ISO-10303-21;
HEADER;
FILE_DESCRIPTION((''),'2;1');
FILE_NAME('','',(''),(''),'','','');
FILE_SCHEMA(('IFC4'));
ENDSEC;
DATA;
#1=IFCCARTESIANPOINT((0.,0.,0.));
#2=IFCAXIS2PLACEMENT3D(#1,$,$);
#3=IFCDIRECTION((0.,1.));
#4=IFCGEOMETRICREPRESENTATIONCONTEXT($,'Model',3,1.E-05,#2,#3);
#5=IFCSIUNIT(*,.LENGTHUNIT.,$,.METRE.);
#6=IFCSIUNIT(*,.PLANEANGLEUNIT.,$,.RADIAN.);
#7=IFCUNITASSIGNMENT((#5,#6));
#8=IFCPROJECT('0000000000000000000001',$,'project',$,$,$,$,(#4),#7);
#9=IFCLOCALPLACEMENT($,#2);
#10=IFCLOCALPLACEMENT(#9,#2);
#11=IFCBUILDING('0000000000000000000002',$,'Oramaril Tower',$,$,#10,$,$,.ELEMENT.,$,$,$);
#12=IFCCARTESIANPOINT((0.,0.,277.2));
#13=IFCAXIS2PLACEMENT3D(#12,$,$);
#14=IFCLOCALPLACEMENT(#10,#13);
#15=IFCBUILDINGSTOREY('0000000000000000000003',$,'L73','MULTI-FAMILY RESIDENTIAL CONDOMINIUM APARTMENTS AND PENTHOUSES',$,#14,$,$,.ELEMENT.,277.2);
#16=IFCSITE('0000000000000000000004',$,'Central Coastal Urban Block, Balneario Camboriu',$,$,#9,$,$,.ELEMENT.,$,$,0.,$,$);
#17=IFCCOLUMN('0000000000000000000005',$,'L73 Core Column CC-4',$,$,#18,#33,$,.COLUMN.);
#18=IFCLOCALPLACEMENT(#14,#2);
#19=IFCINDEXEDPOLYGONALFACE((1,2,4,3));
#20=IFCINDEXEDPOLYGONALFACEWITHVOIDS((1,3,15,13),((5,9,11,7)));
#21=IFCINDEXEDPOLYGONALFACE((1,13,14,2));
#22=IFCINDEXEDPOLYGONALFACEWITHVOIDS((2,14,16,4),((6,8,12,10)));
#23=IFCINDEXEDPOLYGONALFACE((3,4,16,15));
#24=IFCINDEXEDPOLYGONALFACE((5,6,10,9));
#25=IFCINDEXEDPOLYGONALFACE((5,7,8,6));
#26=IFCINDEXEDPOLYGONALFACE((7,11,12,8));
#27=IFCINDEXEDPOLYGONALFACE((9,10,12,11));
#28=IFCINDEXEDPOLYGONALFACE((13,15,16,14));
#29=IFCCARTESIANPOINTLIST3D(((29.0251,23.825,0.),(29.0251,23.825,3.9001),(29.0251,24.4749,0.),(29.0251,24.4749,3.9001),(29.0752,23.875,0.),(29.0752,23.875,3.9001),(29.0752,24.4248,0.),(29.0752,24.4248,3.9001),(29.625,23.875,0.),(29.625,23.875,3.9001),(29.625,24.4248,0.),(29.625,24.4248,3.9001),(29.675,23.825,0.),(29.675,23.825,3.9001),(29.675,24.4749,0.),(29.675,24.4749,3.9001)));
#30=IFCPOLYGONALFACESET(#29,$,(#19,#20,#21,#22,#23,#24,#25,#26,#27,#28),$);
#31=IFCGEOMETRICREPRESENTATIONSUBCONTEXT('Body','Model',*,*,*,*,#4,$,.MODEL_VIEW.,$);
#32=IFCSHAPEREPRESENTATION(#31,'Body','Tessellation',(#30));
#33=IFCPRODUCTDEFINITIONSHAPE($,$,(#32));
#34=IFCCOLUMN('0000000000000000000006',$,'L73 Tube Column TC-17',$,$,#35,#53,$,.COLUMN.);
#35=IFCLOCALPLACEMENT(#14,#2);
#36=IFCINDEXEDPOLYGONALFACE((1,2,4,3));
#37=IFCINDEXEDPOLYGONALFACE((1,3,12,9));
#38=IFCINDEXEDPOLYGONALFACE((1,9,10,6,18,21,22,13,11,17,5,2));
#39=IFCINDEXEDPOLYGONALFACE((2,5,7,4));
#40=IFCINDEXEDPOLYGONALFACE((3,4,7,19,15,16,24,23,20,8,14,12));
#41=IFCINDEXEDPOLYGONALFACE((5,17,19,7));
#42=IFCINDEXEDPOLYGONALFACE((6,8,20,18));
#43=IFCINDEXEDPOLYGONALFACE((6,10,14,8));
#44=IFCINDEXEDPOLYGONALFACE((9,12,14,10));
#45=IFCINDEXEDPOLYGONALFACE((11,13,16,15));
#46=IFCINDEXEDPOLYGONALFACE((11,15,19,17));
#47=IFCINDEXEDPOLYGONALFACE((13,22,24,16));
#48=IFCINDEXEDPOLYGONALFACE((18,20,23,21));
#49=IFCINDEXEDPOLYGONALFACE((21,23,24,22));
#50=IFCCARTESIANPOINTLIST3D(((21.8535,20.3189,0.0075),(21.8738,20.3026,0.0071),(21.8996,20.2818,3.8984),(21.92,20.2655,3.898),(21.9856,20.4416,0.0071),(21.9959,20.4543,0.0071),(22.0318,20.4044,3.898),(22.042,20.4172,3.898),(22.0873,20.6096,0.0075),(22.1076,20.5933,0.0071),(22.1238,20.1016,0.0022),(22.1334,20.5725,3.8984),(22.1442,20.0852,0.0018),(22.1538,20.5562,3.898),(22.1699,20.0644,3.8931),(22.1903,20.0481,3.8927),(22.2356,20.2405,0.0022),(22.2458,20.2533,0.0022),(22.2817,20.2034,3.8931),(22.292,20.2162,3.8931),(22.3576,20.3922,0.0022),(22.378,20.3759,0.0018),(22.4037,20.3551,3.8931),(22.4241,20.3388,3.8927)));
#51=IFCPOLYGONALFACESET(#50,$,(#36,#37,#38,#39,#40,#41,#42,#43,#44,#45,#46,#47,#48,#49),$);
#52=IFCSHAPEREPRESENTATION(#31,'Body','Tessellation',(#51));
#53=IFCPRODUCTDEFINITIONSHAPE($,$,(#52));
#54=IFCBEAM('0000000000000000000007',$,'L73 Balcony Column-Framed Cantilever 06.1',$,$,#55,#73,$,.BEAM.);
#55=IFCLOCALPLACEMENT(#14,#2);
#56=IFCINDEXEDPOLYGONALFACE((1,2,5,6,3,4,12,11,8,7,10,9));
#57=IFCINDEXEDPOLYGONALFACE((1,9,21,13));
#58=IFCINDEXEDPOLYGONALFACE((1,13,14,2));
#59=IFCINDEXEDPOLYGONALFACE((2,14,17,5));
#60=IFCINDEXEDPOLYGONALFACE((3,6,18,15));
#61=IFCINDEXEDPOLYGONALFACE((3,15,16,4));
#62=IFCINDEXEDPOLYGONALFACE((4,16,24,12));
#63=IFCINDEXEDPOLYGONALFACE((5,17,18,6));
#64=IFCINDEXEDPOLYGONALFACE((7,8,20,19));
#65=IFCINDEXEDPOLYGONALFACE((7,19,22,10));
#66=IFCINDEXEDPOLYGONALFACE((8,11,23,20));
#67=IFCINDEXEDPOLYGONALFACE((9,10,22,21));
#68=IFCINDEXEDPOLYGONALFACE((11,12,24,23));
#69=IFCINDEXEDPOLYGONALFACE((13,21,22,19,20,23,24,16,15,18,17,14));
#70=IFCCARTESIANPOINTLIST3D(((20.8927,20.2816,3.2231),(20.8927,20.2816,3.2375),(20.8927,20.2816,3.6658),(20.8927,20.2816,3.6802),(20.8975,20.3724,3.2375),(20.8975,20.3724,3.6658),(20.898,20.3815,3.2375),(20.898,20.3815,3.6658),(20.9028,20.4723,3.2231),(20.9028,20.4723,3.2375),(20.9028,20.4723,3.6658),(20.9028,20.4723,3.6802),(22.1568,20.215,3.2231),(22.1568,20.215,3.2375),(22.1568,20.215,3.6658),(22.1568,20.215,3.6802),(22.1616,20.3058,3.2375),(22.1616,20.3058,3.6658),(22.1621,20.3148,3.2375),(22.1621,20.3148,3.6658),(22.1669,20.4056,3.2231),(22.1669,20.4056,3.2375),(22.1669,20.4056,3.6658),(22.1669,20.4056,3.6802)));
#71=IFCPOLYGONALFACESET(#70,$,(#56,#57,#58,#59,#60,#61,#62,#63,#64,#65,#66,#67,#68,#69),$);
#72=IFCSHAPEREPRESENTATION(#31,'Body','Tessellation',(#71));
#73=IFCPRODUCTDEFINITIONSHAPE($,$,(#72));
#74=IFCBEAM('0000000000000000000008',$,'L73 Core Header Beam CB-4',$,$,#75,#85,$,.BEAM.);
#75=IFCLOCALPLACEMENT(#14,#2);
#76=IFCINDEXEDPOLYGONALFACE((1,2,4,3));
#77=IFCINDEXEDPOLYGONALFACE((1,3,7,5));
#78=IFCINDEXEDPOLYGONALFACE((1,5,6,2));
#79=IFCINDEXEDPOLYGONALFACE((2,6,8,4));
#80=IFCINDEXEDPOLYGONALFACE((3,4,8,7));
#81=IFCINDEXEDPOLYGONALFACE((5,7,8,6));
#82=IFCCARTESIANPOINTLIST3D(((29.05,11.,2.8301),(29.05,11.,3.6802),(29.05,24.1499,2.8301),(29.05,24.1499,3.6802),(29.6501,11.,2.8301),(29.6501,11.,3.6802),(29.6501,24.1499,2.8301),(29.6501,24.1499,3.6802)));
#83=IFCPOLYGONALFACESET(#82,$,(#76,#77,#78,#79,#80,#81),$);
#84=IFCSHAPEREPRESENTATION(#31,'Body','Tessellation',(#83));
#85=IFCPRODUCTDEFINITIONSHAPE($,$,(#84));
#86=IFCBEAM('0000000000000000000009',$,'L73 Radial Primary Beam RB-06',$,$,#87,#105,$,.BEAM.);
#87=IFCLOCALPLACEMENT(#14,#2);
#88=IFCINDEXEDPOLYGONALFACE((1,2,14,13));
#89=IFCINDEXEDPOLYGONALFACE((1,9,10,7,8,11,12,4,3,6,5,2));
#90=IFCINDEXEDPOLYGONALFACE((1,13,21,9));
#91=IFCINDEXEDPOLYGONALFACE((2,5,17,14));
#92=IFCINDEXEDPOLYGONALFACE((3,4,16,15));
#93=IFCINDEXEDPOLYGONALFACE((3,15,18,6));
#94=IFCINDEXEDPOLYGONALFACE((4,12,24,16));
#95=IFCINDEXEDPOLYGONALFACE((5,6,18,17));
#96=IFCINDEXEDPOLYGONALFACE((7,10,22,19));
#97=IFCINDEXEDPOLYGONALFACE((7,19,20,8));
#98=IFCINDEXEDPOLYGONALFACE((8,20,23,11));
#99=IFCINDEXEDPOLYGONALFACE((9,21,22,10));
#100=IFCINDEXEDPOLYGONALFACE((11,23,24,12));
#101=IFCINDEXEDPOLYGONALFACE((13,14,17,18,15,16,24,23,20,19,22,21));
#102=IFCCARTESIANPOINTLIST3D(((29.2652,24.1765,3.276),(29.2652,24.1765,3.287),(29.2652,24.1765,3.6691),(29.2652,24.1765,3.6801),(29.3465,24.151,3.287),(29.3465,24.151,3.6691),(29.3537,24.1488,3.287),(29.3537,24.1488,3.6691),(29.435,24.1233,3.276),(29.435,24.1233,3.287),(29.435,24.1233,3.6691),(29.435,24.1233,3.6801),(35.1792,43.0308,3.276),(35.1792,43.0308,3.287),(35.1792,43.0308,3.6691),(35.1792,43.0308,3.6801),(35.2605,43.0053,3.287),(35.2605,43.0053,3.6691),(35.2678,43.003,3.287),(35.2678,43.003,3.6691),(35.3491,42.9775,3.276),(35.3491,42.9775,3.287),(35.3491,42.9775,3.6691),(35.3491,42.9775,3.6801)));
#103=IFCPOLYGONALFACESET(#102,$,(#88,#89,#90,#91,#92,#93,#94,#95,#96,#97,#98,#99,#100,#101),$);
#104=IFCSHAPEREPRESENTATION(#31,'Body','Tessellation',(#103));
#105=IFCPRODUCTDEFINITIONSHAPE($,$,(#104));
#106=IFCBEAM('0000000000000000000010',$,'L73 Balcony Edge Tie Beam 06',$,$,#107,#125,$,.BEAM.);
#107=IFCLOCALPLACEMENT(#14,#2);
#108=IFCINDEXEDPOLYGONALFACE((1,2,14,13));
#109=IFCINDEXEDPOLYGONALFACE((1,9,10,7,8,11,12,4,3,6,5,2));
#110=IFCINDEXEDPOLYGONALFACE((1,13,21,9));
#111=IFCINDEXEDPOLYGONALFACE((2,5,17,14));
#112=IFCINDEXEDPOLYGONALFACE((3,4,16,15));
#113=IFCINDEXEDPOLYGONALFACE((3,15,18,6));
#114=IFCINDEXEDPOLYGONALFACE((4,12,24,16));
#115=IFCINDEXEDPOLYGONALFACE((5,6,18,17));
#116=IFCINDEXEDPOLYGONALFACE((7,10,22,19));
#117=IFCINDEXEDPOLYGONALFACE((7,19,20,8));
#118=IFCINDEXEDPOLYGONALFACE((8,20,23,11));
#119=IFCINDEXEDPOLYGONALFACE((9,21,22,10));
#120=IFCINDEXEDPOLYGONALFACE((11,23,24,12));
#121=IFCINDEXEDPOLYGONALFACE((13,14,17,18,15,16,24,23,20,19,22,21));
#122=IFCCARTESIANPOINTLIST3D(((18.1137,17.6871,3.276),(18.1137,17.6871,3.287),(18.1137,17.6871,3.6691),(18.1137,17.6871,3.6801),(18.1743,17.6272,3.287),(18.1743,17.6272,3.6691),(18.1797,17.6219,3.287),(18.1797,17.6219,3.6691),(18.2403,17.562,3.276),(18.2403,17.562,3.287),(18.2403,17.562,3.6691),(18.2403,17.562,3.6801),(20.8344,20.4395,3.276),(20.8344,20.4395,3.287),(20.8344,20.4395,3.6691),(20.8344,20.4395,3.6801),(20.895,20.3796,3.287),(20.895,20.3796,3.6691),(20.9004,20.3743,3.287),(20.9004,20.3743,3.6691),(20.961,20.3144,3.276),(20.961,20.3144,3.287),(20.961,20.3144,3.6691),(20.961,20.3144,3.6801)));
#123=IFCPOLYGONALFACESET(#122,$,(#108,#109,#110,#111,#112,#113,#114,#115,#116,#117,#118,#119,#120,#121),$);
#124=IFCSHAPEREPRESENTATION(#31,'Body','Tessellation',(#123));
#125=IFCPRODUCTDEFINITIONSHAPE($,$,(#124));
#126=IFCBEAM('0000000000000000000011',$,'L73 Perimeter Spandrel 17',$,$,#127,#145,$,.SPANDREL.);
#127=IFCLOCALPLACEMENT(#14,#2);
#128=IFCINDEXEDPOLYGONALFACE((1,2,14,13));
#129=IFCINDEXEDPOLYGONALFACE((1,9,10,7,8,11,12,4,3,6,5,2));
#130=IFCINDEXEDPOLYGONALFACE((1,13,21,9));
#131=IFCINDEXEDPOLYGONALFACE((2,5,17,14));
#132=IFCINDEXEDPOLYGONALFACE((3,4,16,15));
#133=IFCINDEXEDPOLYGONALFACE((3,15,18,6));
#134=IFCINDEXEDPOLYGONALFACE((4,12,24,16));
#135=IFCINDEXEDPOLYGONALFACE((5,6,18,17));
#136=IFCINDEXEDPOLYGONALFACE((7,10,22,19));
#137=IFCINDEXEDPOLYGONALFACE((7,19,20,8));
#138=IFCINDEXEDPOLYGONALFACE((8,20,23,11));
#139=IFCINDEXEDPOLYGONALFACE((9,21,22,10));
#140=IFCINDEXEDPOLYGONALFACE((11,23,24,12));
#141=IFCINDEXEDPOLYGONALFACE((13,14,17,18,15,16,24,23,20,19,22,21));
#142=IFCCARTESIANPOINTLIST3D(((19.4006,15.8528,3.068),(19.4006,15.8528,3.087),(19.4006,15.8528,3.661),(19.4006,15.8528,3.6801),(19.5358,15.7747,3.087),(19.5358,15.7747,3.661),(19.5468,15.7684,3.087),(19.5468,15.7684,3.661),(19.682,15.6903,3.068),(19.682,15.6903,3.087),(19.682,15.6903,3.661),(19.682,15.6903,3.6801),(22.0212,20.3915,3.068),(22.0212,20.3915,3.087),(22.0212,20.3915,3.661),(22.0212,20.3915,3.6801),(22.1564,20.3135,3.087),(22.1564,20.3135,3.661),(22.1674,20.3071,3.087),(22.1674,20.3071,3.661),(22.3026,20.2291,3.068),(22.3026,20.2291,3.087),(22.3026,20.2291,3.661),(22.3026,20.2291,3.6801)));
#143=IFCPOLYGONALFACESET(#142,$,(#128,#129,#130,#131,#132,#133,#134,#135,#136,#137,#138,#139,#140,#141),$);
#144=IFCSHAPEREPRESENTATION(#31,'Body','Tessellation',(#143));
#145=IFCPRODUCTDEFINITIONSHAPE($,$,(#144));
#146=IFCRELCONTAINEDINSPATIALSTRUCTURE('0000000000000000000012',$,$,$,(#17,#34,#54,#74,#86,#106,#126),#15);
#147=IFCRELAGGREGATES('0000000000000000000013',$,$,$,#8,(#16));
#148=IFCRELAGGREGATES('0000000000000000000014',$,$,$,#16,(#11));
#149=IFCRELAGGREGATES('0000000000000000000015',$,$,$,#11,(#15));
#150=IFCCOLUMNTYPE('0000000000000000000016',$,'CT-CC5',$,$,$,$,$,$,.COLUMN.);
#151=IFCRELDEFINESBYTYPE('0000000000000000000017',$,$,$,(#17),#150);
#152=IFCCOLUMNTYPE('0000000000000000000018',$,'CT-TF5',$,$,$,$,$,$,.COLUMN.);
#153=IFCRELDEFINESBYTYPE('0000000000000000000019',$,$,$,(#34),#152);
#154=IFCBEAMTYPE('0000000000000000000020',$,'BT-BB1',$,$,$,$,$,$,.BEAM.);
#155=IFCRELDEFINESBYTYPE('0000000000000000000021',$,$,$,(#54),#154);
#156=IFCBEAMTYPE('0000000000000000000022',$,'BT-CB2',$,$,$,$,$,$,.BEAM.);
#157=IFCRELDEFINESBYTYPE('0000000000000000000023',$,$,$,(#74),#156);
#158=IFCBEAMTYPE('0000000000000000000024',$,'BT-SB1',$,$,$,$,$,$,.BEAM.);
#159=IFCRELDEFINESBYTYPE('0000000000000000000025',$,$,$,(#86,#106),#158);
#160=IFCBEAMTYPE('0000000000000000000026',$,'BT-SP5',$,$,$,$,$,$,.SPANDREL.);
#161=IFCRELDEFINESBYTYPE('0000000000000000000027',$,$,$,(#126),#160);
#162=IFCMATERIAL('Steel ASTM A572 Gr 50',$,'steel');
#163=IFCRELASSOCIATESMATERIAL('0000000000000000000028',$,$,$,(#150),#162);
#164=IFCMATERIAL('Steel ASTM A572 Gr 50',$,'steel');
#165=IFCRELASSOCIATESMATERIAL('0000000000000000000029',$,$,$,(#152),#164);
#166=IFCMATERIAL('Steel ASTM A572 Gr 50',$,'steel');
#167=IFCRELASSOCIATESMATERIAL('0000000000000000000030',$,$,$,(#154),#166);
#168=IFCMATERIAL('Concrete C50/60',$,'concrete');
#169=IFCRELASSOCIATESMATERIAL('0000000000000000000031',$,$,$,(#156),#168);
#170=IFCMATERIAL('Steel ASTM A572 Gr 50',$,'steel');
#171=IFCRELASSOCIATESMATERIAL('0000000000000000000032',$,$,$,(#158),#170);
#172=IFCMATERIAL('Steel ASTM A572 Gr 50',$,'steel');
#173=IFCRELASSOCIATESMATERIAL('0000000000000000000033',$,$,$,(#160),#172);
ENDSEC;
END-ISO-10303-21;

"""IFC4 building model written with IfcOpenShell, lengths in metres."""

from ifc_helpers import new_model, si_unit, direction, frame, origin, origin_2d, place, context, subcontext, project, spatial, rectangle, hollow_rectangle, i_section, extrude, material, material_profile, profile_set, type_object, element, save


model = new_model("IFC4")

# Units and contexts
model_context = context("Model", 3, precision=1e-05, world=origin(), true_north=direction((0.0, 1.0)))
body_context = subcontext(model_context, "Body", "Model", "MODEL_VIEW")
ifc_project = project(units=[si_unit("LENGTHUNIT", "METRE"), si_unit("PLANEANGLEUNIT", "RADIAN")], contexts=[model_context])

# Site, building, storey
site_placement = place(None, origin())
site = spatial("IfcSite", under=ifc_project, at=site_placement, Name="Central Coastal Urban Block, Balneario Camboriu", CompositionType="ELEMENT", RefElevation=0.0)
building_placement = place(site_placement, origin())
building = spatial("IfcBuilding", under=site, at=building_placement, Name="Oramaril Tower", CompositionType="ELEMENT")
storey_placement = place(building_placement, frame((0.0, 0.0, 277.2)))
storey = spatial("IfcBuildingStorey", under=building, at=storey_placement, Name="L73", Description="MULTI-FAMILY RESIDENTIAL CONDOMINIUM APARTMENTS AND PENTHOUSES", CompositionType="ELEMENT", Elevation=277.2)

# Columns
ifc_material_1 = material(Name="Steel ASTM A572 Gr 50", Category="steel")
ifc_material_profile_1 = material_profile(ifc_material_1, hollow_rectangle(XDim=0.6499, YDim=0.6499, WallThickness=0.05, at=origin_2d()), Name="BOX650X650X50")
ifc_profile_set_1 = profile_set([ifc_material_profile_1], Name="Steel ASTM A572 Gr 50")
column_type_1 = type_object("IfcColumnType", Name="CT-CC5", PredefinedType="COLUMN", material=ifc_profile_set_1)
column_1_placement = place(storey_placement, frame((29.3501, 24.1499, 0.0), z_axis=(0.0, 0.0, 1.0), x_axis=(1.0, 0.0, 0.0)))
element("IfcColumn", 1, at=column_1_placement, inside=storey, type_object=column_type_1, Name="L73 Core Column CC-4", PredefinedType="COLUMN", context=body_context, shape_type="SweptSolid", body=[
    extrude(hollow_rectangle(XDim=0.6499, YDim=0.6499, WallThickness=0.05, at=origin_2d()), origin(), (0.0, 0.0, 1.0), 3.9001),
])
ifc_material_2 = material(Name="Steel ASTM A572 Gr 50", Category="steel")
ifc_material_profile_2 = material_profile(ifc_material_2, i_section(OverallWidth=0.373, OverallDepth=0.373, WebThickness=0.0164, FlangeThickness=0.0261, at=origin_2d()), Name="W14X132")
ifc_profile_set_2 = profile_set([ifc_material_profile_2], Name="Steel ASTM A572 Gr 50")
column_type_2 = type_object("IfcColumnType", Name="CT-TF5", PredefinedType="COLUMN", material=ifc_profile_set_2)
column_2_placement = place(storey_placement, frame((22.1157, 20.3474, 0.0046), z_axis=(0.011858, -0.009536, 0.999884), x_axis=(0.626704, 0.779257, 0.0)))
element("IfcColumn", 2, at=column_2_placement, inside=storey, type_object=column_type_2, Name="L73 Tube Column TC-17", PredefinedType="COLUMN", context=body_context, shape_type="SweptSolid", body=[
    extrude(i_section(OverallWidth=0.373, OverallDepth=0.373, WebThickness=0.0164, FlangeThickness=0.0261, at=origin_2d()), origin(), (0.0, 0.0, 1.0), 3.8914),
])

# Beams
ifc_material_3 = material(Name="Steel ASTM A572 Gr 50", Category="steel")
ifc_material_profile_3 = material_profile(ifc_material_3, i_section(OverallWidth=0.1909, OverallDepth=0.457, WebThickness=0.009, FlangeThickness=0.0144, at=origin_2d()), Name="W18X50")
ifc_profile_set_3 = profile_set([ifc_material_profile_3], Name="Steel ASTM A572 Gr 50")
beam_type_1 = type_object("IfcBeamType", Name="BT-BB1", PredefinedType="BEAM", material=ifc_profile_set_3)
beam_1_placement = place(storey_placement, frame((22.1619, 20.3103, 3.4517), z_axis=(-0.998613, 0.05265, 0.0), x_axis=(-0.05265, -0.998613, 0.0)))
element("IfcBeam", 3, at=beam_1_placement, inside=storey, type_object=beam_type_1, Name="L73 Balcony Column-Framed Cantilever 06.1", PredefinedType="BEAM", context=body_context, shape_type="SweptSolid", body=[
    extrude(i_section(OverallWidth=0.1909, OverallDepth=0.457, WebThickness=0.009, FlangeThickness=0.0144, at=origin_2d()), origin(), (0.0, 0.0, 1.0), 1.2659),
])
ifc_material_4 = material(Name="Concrete C50/60", Category="concrete")
ifc_material_profile_4 = material_profile(ifc_material_4, rectangle(XDim=0.6001, YDim=0.8501, at=origin_2d()), Name="CB600X850")
ifc_profile_set_4 = profile_set([ifc_material_profile_4], Name="Concrete C50/60")
beam_type_2 = type_object("IfcBeamType", Name="BT-CB2", PredefinedType="BEAM", material=ifc_profile_set_4)
beam_2_placement = place(storey_placement, frame((29.3501, 24.1499, 3.2551), z_axis=(0.0, -1.0, 0.0), x_axis=(1.0, 0.0, 0.0)))
element("IfcBeam", 4, at=beam_2_placement, inside=storey, type_object=beam_type_2, Name="L73 Core Header Beam CB-4", PredefinedType="BEAM", context=body_context, shape_type="SweptSolid", body=[
    extrude(rectangle(XDim=0.6001, YDim=0.8501, at=origin_2d()), origin(), (0.0, 0.0, 1.0), 13.1499),
])
ifc_material_5 = material(Name="Steel ASTM A572 Gr 50", Category="steel")
ifc_material_profile_5 = material_profile(ifc_material_5, i_section(OverallWidth=0.178, OverallDepth=0.4041, WebThickness=0.0076, FlangeThickness=0.011, at=origin_2d()), Name="W16X36")
ifc_profile_set_5 = profile_set([ifc_material_profile_5], Name="Steel ASTM A572 Gr 50")
beam_type_3 = type_object("IfcBeamType", Name="BT-SB1", PredefinedType="BEAM", material=ifc_profile_set_5)
beam_3_placement = place(storey_placement, frame((29.3501, 24.1499, 3.478), z_axis=(0.299294, 0.954161, 0.0), x_axis=(-0.954161, 0.299294, 0.0)))
element("IfcBeam", 5, at=beam_3_placement, inside=storey, type_object=beam_type_3, Name="L73 Radial Primary Beam RB-06", PredefinedType="BEAM", context=body_context, shape_type="SweptSolid", body=[
    extrude(i_section(OverallWidth=0.178, OverallDepth=0.4041, WebThickness=0.0076, FlangeThickness=0.011, at=origin_2d()), origin(), (0.0, 0.0, 1.0), 19.76),
])
beam_4_placement = place(storey_placement, frame((20.8977, 20.377, 3.478), z_axis=(-0.702995, -0.711195, 0.0), x_axis=(0.711195, -0.702995, 0.0)))
element("IfcBeam", 6, at=beam_4_placement, inside=storey, type_object=beam_type_3, Name="L73 Balcony Edge Tie Beam 06", PredefinedType="BEAM", context=body_context, shape_type="SweptSolid", body=[
    extrude(i_section(OverallWidth=0.178, OverallDepth=0.4041, WebThickness=0.0076, FlangeThickness=0.011, at=origin_2d()), origin(), (0.0, 0.0, 1.0), 3.8701),
])
ifc_material_6 = material(Name="Steel ASTM A572 Gr 50", Category="steel")
ifc_material_profile_6 = material_profile(ifc_material_6, i_section(OverallWidth=0.325, OverallDepth=0.6121, WebThickness=0.0127, FlangeThickness=0.019, at=origin_2d()), Name="W24X104")
ifc_profile_set_6 = profile_set([ifc_material_profile_6], Name="Steel ASTM A572 Gr 50")
beam_type_4 = type_object("IfcBeamType", Name="BT-SP5", PredefinedType="SPANDREL", material=ifc_profile_set_6)
beam_5_placement = place(storey_placement, frame((22.1619, 20.3103, 3.374), z_axis=(-0.500017, -0.866016, 0.0), x_axis=(0.866016, -0.500017, 0.0)))
element("IfcBeam", 7, at=beam_5_placement, inside=storey, type_object=beam_type_4, Name="L73 Perimeter Spandrel 17", PredefinedType="SPANDREL", context=body_context, shape_type="SweptSolid", body=[
    extrude(i_section(OverallWidth=0.325, OverallDepth=0.6121, WebThickness=0.0127, FlangeThickness=0.019, at=origin_2d()), origin(), (0.0, 0.0, 1.0), 5.241),
])

save(model, "model.ifc")
